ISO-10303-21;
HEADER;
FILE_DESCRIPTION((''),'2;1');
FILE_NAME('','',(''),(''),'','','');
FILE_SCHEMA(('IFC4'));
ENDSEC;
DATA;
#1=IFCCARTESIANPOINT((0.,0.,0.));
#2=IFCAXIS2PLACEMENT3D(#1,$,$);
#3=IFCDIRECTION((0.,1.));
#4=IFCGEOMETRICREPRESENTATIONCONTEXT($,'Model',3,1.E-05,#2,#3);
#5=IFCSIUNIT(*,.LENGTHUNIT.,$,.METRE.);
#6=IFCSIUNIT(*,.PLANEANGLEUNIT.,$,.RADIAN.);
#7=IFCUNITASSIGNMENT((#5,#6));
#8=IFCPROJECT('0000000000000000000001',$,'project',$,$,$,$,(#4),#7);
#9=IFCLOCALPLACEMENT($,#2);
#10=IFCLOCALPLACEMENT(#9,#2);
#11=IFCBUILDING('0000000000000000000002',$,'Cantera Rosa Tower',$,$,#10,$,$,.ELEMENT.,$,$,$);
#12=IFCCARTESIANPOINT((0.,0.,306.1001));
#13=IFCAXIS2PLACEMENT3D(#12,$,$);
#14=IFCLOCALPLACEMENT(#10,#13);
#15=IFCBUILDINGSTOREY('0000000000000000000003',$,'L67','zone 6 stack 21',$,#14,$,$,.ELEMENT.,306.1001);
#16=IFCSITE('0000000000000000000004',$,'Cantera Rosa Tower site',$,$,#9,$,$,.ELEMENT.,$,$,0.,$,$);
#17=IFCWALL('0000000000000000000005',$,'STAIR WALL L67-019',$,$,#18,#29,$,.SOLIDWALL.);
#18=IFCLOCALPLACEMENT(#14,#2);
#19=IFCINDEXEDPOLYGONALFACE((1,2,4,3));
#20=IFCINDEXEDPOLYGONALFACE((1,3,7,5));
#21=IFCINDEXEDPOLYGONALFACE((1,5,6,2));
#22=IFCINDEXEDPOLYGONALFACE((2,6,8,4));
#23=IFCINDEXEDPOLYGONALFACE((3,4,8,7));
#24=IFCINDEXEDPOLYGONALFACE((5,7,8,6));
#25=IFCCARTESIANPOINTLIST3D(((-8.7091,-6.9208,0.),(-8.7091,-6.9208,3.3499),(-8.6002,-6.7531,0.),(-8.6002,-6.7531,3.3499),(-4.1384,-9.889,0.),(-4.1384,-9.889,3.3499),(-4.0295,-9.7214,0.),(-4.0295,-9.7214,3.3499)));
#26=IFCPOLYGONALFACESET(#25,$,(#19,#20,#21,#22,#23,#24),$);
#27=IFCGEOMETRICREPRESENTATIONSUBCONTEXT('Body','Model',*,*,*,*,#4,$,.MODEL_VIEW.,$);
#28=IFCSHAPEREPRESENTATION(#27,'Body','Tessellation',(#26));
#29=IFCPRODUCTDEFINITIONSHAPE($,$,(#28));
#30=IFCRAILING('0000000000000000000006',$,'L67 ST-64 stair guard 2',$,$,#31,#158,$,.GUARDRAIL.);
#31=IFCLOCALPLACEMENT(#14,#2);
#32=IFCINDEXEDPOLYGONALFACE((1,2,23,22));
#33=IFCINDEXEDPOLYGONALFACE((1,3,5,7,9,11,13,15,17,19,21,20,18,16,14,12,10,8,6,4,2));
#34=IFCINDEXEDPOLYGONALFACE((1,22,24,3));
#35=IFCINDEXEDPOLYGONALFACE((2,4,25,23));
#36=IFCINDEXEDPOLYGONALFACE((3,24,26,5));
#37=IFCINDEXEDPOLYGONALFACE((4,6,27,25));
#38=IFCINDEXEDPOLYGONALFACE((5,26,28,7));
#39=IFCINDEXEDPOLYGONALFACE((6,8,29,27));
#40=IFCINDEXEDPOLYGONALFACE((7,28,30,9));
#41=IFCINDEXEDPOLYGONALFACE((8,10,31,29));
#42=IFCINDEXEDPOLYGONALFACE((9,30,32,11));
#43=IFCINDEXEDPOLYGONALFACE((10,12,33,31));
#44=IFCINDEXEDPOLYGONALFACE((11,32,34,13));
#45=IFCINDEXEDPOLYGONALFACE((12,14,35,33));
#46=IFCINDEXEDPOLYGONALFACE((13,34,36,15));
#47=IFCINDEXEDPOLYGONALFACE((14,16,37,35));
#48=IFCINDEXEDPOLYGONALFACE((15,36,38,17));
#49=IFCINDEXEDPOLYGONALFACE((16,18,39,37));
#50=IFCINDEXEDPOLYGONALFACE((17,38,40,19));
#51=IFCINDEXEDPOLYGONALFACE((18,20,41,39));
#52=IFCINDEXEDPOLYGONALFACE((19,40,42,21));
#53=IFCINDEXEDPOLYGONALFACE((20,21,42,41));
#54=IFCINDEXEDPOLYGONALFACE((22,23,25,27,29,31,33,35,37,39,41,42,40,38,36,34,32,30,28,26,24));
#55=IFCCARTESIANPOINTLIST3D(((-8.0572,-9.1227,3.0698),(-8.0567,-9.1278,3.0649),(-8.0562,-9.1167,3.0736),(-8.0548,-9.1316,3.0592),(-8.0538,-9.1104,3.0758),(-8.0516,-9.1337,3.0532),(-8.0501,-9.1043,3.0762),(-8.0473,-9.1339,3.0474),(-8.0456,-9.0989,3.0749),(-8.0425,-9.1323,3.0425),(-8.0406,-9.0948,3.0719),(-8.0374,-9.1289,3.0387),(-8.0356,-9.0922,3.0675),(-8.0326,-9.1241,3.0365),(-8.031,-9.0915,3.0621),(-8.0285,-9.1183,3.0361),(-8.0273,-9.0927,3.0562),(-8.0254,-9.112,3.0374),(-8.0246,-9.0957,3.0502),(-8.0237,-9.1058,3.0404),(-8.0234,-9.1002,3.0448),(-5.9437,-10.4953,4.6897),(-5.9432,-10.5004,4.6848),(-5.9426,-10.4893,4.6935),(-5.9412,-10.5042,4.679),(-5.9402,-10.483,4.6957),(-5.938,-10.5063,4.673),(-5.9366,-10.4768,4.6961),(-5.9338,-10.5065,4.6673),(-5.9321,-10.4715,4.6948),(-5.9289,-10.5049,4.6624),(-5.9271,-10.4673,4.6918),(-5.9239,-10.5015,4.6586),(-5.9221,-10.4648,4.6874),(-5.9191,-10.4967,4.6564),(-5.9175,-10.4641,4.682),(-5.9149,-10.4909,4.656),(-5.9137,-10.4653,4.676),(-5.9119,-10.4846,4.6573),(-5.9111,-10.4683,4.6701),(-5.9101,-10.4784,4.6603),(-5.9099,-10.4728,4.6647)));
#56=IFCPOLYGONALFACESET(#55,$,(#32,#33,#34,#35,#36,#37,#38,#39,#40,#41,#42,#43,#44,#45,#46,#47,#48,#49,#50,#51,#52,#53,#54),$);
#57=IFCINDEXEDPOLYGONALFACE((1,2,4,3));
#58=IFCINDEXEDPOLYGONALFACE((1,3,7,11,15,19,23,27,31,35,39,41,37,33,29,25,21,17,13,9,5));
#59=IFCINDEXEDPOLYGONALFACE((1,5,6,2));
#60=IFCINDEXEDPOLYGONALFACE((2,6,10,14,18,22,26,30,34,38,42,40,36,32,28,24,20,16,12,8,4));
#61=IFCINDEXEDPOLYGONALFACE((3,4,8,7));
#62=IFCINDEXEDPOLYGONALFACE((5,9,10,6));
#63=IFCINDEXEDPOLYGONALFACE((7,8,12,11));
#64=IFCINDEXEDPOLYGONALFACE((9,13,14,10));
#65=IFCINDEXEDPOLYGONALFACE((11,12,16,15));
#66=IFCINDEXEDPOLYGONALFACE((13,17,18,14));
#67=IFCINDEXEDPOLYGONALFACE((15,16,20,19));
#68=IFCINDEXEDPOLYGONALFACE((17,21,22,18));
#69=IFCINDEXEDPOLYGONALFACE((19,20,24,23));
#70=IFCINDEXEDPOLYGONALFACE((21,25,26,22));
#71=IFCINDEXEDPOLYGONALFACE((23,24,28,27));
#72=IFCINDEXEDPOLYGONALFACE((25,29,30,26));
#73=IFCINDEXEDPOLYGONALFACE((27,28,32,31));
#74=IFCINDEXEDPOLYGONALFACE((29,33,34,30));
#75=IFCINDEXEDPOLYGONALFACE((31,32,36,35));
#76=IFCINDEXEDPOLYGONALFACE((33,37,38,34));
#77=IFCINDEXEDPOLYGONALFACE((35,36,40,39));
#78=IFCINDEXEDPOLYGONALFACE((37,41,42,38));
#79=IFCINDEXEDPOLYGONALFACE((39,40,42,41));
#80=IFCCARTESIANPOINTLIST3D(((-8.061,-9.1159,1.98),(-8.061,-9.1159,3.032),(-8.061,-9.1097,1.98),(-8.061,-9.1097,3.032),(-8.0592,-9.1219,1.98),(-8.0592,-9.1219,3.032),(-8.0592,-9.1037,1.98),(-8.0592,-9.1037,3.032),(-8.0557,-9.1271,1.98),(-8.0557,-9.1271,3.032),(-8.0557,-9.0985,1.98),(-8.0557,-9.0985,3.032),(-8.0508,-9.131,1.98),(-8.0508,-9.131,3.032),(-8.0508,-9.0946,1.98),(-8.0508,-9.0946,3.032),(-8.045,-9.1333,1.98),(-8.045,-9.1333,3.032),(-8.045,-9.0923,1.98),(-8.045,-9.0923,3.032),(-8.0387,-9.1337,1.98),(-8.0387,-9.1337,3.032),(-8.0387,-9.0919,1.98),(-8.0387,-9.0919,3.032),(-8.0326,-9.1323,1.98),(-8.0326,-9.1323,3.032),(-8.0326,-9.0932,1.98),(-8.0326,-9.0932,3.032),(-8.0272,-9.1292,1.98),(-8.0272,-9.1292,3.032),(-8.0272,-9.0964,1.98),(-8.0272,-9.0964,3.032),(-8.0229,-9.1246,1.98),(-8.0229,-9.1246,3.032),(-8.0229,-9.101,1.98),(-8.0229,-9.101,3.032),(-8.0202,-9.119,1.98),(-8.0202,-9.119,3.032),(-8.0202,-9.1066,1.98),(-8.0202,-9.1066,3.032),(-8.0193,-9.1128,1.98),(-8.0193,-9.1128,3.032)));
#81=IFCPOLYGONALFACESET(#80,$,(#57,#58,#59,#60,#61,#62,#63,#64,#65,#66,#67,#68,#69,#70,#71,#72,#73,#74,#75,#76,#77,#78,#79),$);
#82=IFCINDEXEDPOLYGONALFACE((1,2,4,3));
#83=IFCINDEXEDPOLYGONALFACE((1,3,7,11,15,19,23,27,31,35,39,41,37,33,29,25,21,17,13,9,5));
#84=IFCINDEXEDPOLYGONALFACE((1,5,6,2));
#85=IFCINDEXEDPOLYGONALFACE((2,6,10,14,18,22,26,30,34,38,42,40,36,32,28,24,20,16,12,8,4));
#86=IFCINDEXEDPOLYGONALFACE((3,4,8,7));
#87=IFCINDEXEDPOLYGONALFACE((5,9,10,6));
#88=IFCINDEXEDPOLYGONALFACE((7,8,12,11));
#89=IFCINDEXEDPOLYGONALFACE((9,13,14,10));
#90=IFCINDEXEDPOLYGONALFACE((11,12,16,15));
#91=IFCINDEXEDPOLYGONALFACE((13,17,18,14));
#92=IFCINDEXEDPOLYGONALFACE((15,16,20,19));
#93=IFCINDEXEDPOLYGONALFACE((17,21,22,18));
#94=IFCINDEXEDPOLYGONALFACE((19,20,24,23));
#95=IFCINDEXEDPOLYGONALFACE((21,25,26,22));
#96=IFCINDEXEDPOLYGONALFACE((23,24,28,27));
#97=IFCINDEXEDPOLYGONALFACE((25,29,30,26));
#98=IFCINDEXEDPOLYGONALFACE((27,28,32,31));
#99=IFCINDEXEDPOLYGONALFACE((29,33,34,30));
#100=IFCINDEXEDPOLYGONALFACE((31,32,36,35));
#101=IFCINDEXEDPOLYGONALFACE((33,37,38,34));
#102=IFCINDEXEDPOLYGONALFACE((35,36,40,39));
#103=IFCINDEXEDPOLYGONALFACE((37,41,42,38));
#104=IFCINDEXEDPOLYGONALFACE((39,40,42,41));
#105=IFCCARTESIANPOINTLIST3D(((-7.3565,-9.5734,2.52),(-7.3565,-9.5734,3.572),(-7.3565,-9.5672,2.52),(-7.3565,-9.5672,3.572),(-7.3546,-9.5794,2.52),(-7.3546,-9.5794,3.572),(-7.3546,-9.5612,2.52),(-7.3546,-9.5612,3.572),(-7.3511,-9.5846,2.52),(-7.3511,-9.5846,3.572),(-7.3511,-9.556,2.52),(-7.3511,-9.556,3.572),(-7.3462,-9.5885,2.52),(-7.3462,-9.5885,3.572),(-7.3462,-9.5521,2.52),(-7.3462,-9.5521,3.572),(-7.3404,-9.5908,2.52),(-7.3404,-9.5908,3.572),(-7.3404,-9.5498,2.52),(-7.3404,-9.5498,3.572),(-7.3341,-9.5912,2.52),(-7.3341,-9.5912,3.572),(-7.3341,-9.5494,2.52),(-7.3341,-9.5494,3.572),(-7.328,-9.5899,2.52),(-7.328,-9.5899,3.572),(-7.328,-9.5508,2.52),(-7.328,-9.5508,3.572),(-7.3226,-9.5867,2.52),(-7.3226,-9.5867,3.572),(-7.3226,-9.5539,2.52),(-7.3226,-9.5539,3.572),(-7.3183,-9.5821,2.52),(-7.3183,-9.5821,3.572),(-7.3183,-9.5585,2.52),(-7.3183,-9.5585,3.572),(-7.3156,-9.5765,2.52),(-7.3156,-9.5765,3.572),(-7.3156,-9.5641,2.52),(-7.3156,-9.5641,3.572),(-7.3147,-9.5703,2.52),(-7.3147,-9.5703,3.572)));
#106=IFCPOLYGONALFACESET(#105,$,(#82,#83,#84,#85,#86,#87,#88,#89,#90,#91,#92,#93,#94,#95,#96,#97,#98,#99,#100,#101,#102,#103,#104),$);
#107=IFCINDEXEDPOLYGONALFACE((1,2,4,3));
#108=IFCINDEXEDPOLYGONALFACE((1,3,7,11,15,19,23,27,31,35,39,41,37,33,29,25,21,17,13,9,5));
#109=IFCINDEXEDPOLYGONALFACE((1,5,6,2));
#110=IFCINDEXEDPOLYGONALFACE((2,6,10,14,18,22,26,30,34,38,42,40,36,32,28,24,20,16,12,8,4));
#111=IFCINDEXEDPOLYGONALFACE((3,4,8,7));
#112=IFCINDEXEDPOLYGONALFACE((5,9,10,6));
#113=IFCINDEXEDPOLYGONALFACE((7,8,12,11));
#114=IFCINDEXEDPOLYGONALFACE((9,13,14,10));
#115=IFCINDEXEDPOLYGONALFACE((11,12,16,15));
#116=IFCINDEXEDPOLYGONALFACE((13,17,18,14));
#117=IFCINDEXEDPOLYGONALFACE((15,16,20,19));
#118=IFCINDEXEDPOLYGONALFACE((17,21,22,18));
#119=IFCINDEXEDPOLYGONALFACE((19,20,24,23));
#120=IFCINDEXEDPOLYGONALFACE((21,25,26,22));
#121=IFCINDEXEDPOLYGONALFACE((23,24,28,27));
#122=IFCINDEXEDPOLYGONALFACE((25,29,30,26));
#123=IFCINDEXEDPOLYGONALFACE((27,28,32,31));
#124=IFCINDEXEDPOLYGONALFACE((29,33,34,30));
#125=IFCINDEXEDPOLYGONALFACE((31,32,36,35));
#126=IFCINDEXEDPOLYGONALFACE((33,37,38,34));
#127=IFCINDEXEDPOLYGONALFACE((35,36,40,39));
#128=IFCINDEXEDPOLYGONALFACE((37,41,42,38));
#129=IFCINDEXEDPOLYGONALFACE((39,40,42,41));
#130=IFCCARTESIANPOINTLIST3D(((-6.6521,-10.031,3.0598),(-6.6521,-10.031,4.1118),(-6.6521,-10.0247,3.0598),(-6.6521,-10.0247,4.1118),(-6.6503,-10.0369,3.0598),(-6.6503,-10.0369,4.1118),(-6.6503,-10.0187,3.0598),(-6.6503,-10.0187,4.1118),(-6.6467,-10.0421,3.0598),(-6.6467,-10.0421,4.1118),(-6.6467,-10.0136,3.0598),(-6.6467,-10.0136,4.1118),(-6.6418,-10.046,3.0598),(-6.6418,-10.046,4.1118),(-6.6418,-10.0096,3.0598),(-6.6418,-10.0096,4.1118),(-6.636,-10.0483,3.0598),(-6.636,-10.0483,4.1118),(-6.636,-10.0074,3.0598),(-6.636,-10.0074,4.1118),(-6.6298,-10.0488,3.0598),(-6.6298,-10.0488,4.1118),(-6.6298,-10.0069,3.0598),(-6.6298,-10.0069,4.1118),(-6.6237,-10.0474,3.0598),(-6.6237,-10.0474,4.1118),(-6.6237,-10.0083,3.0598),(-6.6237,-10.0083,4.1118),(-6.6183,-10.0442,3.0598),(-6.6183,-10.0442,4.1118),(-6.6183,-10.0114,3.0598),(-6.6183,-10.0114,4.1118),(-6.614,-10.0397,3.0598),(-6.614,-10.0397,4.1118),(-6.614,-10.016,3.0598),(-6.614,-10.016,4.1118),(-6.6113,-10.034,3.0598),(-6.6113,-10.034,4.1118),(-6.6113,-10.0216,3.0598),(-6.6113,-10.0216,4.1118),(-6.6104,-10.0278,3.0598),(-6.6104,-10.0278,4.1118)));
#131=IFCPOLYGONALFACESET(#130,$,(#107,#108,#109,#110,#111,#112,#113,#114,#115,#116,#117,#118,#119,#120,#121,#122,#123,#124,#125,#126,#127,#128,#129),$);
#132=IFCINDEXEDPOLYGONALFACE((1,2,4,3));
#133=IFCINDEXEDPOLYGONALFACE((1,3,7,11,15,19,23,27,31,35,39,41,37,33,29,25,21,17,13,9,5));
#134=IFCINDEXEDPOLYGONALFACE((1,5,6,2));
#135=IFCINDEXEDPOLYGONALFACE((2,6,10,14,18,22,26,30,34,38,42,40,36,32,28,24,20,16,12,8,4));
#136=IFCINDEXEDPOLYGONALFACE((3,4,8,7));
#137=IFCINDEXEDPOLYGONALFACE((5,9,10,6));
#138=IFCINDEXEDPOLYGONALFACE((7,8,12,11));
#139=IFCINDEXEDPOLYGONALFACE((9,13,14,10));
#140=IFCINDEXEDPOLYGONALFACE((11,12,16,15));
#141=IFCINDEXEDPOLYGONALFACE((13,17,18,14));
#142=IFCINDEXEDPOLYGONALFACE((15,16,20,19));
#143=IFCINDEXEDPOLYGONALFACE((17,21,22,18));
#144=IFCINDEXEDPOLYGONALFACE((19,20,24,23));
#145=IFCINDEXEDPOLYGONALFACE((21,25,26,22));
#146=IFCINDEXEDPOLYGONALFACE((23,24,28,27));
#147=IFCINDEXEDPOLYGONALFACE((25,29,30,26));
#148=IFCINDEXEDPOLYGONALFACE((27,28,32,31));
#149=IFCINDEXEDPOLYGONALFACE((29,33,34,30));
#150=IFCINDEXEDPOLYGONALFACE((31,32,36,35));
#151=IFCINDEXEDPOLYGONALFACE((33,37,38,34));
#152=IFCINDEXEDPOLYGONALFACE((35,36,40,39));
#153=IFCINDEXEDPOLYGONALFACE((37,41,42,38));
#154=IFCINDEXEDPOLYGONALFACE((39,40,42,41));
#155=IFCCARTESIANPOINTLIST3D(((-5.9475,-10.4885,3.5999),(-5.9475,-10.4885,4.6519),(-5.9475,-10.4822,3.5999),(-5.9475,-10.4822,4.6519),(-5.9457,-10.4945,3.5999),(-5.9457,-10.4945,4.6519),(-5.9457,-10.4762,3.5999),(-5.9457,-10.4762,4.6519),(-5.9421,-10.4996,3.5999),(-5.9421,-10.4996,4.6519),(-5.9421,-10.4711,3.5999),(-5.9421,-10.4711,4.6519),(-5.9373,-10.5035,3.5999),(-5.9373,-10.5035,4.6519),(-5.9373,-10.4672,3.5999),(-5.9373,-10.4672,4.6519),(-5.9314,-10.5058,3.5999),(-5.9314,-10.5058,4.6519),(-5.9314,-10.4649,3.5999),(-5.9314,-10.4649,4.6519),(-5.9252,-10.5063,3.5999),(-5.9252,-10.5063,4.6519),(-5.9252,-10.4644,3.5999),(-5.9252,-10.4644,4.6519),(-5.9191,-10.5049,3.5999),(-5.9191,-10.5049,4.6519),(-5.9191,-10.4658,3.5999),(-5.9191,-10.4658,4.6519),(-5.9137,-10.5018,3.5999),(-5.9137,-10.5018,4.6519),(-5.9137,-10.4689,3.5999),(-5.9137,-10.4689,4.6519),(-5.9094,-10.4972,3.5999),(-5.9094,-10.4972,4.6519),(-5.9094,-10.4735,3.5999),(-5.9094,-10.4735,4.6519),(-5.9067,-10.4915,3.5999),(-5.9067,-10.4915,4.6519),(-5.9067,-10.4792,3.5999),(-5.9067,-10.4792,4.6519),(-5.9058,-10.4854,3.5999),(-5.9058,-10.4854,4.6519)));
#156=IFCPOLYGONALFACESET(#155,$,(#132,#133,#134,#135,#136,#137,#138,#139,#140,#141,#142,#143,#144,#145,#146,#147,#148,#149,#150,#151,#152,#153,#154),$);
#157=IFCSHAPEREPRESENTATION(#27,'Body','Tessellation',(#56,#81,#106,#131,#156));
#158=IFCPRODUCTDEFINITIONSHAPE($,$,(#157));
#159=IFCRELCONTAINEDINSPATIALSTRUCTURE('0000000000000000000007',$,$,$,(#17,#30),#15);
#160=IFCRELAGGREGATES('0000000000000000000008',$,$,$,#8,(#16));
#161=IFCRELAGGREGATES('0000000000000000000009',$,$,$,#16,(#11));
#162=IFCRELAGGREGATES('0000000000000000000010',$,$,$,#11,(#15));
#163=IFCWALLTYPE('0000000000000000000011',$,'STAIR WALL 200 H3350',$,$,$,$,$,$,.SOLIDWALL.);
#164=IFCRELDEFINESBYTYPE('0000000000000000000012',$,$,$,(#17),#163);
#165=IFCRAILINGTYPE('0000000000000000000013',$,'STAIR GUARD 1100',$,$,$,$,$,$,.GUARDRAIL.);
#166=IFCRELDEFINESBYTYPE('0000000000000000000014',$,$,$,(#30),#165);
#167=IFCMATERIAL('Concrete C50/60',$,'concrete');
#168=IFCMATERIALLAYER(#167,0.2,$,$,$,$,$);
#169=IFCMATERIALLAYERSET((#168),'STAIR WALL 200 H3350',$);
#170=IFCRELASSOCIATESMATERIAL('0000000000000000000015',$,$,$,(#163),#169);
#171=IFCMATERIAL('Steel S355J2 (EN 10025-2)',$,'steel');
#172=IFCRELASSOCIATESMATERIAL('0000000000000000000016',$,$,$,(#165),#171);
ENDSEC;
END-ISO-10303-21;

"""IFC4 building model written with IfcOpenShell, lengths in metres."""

from ifc_helpers import new_model, si_unit, direction, frame, frame_2d, origin, origin_2d, place, context, subcontext, project, spatial, rectangle, circle, extrude, material, layer, layer_set, type_object, element, save


model = new_model("IFC4")

# Units and contexts
model_context = context("Model", 3, precision=1e-05, world=origin(), true_north=direction((0.0, 1.0)))
body_context = subcontext(model_context, "Body", "Model", "MODEL_VIEW")
ifc_project = project(units=[si_unit("LENGTHUNIT", "METRE"), si_unit("PLANEANGLEUNIT", "RADIAN")], contexts=[model_context])

# Site, building, storey
site_placement = place(None, origin())
site = spatial("IfcSite", under=ifc_project, at=site_placement, Name="Cantera Rosa Tower site", CompositionType="ELEMENT", RefElevation=0.0)
building_placement = place(site_placement, origin())
building = spatial("IfcBuilding", under=site, at=building_placement, Name="Cantera Rosa Tower", CompositionType="ELEMENT")
storey_placement = place(building_placement, frame((0.0, 0.0, 306.1001)))
storey = spatial("IfcBuildingStorey", under=building, at=storey_placement, Name="L67", Description="zone 6 stack 21", CompositionType="ELEMENT", Elevation=306.1001)

# Shared definitions
ifc_material_1 = material(Name="Concrete C50/60", Category="concrete")
ifc_layer_1 = layer(ifc_material_1, 0.2)
ifc_layer_set_1 = layer_set([ifc_layer_1], Name="STAIR WALL 200 H3350")
wall_type_1 = type_object("IfcWallType", Name="STAIR WALL 200 H3350", PredefinedType="SOLIDWALL", material=ifc_layer_set_1)

# Wall
wall_1_placement = place(storey_placement, frame((-8.6548, -6.8369, 0.0), z_axis=(0.0, 0.0, 1.0), x_axis=(0.838675, -0.544632, 0.0)))
element("IfcWall", 1, at=wall_1_placement, inside=storey, type_object=wall_type_1, Name="STAIR WALL L67-019", PredefinedType="SOLIDWALL", context=body_context, shape_type="SweptSolid", body=[
    extrude(rectangle(XDim=5.45, YDim=0.2, at=frame_2d((2.7251, 0.0))), origin(), (0.0, 0.0, 1.0), 3.3499),
])

# Railing
ifc_material_2 = material(Name="Steel S355J2 (EN 10025-2)", Category="steel")
railing_type = type_object("IfcRailingType", Name="STAIR GUARD 1100", PredefinedType="GUARDRAIL", material=ifc_material_2)
railing_1_placement = place(storey_placement, frame((-8.0403, -9.1128, 1.98)))
element("IfcRailing", 2, at=railing_1_placement, inside=storey, type_object=railing_type, Name="L67 ST-64 stair guard 2", PredefinedType="GUARDRAIL", context=body_context, shape_type="SweptSolid", body=[
    extrude(circle(Radius=0.0239, at=origin_2d()), frame((0.0, 0.0, 1.0762), z_axis=(0.705493, -0.458159, 0.540712), x_axis=(0.544644, 0.838667, 0.0)), (0.0, 0.0, 1.0), 2.9958),
    extrude(circle(Radius=0.021, at=origin_2d()), origin(), (0.0, 0.0, 1.0), 1.052),
    extrude(circle(Radius=0.021, at=origin_2d()), frame((0.7046, -0.4575, 0.54)), (0.0, 0.0, 1.0), 1.052),
    extrude(circle(Radius=0.021, at=origin_2d()), frame((1.4089, -0.915, 1.0798)), (0.0, 0.0, 1.0), 1.052),
    extrude(circle(Radius=0.021, at=origin_2d()), frame((2.1135, -1.3726, 1.6199)), (0.0, 0.0, 1.0), 1.052),
])

save(model, "model.ifc")
